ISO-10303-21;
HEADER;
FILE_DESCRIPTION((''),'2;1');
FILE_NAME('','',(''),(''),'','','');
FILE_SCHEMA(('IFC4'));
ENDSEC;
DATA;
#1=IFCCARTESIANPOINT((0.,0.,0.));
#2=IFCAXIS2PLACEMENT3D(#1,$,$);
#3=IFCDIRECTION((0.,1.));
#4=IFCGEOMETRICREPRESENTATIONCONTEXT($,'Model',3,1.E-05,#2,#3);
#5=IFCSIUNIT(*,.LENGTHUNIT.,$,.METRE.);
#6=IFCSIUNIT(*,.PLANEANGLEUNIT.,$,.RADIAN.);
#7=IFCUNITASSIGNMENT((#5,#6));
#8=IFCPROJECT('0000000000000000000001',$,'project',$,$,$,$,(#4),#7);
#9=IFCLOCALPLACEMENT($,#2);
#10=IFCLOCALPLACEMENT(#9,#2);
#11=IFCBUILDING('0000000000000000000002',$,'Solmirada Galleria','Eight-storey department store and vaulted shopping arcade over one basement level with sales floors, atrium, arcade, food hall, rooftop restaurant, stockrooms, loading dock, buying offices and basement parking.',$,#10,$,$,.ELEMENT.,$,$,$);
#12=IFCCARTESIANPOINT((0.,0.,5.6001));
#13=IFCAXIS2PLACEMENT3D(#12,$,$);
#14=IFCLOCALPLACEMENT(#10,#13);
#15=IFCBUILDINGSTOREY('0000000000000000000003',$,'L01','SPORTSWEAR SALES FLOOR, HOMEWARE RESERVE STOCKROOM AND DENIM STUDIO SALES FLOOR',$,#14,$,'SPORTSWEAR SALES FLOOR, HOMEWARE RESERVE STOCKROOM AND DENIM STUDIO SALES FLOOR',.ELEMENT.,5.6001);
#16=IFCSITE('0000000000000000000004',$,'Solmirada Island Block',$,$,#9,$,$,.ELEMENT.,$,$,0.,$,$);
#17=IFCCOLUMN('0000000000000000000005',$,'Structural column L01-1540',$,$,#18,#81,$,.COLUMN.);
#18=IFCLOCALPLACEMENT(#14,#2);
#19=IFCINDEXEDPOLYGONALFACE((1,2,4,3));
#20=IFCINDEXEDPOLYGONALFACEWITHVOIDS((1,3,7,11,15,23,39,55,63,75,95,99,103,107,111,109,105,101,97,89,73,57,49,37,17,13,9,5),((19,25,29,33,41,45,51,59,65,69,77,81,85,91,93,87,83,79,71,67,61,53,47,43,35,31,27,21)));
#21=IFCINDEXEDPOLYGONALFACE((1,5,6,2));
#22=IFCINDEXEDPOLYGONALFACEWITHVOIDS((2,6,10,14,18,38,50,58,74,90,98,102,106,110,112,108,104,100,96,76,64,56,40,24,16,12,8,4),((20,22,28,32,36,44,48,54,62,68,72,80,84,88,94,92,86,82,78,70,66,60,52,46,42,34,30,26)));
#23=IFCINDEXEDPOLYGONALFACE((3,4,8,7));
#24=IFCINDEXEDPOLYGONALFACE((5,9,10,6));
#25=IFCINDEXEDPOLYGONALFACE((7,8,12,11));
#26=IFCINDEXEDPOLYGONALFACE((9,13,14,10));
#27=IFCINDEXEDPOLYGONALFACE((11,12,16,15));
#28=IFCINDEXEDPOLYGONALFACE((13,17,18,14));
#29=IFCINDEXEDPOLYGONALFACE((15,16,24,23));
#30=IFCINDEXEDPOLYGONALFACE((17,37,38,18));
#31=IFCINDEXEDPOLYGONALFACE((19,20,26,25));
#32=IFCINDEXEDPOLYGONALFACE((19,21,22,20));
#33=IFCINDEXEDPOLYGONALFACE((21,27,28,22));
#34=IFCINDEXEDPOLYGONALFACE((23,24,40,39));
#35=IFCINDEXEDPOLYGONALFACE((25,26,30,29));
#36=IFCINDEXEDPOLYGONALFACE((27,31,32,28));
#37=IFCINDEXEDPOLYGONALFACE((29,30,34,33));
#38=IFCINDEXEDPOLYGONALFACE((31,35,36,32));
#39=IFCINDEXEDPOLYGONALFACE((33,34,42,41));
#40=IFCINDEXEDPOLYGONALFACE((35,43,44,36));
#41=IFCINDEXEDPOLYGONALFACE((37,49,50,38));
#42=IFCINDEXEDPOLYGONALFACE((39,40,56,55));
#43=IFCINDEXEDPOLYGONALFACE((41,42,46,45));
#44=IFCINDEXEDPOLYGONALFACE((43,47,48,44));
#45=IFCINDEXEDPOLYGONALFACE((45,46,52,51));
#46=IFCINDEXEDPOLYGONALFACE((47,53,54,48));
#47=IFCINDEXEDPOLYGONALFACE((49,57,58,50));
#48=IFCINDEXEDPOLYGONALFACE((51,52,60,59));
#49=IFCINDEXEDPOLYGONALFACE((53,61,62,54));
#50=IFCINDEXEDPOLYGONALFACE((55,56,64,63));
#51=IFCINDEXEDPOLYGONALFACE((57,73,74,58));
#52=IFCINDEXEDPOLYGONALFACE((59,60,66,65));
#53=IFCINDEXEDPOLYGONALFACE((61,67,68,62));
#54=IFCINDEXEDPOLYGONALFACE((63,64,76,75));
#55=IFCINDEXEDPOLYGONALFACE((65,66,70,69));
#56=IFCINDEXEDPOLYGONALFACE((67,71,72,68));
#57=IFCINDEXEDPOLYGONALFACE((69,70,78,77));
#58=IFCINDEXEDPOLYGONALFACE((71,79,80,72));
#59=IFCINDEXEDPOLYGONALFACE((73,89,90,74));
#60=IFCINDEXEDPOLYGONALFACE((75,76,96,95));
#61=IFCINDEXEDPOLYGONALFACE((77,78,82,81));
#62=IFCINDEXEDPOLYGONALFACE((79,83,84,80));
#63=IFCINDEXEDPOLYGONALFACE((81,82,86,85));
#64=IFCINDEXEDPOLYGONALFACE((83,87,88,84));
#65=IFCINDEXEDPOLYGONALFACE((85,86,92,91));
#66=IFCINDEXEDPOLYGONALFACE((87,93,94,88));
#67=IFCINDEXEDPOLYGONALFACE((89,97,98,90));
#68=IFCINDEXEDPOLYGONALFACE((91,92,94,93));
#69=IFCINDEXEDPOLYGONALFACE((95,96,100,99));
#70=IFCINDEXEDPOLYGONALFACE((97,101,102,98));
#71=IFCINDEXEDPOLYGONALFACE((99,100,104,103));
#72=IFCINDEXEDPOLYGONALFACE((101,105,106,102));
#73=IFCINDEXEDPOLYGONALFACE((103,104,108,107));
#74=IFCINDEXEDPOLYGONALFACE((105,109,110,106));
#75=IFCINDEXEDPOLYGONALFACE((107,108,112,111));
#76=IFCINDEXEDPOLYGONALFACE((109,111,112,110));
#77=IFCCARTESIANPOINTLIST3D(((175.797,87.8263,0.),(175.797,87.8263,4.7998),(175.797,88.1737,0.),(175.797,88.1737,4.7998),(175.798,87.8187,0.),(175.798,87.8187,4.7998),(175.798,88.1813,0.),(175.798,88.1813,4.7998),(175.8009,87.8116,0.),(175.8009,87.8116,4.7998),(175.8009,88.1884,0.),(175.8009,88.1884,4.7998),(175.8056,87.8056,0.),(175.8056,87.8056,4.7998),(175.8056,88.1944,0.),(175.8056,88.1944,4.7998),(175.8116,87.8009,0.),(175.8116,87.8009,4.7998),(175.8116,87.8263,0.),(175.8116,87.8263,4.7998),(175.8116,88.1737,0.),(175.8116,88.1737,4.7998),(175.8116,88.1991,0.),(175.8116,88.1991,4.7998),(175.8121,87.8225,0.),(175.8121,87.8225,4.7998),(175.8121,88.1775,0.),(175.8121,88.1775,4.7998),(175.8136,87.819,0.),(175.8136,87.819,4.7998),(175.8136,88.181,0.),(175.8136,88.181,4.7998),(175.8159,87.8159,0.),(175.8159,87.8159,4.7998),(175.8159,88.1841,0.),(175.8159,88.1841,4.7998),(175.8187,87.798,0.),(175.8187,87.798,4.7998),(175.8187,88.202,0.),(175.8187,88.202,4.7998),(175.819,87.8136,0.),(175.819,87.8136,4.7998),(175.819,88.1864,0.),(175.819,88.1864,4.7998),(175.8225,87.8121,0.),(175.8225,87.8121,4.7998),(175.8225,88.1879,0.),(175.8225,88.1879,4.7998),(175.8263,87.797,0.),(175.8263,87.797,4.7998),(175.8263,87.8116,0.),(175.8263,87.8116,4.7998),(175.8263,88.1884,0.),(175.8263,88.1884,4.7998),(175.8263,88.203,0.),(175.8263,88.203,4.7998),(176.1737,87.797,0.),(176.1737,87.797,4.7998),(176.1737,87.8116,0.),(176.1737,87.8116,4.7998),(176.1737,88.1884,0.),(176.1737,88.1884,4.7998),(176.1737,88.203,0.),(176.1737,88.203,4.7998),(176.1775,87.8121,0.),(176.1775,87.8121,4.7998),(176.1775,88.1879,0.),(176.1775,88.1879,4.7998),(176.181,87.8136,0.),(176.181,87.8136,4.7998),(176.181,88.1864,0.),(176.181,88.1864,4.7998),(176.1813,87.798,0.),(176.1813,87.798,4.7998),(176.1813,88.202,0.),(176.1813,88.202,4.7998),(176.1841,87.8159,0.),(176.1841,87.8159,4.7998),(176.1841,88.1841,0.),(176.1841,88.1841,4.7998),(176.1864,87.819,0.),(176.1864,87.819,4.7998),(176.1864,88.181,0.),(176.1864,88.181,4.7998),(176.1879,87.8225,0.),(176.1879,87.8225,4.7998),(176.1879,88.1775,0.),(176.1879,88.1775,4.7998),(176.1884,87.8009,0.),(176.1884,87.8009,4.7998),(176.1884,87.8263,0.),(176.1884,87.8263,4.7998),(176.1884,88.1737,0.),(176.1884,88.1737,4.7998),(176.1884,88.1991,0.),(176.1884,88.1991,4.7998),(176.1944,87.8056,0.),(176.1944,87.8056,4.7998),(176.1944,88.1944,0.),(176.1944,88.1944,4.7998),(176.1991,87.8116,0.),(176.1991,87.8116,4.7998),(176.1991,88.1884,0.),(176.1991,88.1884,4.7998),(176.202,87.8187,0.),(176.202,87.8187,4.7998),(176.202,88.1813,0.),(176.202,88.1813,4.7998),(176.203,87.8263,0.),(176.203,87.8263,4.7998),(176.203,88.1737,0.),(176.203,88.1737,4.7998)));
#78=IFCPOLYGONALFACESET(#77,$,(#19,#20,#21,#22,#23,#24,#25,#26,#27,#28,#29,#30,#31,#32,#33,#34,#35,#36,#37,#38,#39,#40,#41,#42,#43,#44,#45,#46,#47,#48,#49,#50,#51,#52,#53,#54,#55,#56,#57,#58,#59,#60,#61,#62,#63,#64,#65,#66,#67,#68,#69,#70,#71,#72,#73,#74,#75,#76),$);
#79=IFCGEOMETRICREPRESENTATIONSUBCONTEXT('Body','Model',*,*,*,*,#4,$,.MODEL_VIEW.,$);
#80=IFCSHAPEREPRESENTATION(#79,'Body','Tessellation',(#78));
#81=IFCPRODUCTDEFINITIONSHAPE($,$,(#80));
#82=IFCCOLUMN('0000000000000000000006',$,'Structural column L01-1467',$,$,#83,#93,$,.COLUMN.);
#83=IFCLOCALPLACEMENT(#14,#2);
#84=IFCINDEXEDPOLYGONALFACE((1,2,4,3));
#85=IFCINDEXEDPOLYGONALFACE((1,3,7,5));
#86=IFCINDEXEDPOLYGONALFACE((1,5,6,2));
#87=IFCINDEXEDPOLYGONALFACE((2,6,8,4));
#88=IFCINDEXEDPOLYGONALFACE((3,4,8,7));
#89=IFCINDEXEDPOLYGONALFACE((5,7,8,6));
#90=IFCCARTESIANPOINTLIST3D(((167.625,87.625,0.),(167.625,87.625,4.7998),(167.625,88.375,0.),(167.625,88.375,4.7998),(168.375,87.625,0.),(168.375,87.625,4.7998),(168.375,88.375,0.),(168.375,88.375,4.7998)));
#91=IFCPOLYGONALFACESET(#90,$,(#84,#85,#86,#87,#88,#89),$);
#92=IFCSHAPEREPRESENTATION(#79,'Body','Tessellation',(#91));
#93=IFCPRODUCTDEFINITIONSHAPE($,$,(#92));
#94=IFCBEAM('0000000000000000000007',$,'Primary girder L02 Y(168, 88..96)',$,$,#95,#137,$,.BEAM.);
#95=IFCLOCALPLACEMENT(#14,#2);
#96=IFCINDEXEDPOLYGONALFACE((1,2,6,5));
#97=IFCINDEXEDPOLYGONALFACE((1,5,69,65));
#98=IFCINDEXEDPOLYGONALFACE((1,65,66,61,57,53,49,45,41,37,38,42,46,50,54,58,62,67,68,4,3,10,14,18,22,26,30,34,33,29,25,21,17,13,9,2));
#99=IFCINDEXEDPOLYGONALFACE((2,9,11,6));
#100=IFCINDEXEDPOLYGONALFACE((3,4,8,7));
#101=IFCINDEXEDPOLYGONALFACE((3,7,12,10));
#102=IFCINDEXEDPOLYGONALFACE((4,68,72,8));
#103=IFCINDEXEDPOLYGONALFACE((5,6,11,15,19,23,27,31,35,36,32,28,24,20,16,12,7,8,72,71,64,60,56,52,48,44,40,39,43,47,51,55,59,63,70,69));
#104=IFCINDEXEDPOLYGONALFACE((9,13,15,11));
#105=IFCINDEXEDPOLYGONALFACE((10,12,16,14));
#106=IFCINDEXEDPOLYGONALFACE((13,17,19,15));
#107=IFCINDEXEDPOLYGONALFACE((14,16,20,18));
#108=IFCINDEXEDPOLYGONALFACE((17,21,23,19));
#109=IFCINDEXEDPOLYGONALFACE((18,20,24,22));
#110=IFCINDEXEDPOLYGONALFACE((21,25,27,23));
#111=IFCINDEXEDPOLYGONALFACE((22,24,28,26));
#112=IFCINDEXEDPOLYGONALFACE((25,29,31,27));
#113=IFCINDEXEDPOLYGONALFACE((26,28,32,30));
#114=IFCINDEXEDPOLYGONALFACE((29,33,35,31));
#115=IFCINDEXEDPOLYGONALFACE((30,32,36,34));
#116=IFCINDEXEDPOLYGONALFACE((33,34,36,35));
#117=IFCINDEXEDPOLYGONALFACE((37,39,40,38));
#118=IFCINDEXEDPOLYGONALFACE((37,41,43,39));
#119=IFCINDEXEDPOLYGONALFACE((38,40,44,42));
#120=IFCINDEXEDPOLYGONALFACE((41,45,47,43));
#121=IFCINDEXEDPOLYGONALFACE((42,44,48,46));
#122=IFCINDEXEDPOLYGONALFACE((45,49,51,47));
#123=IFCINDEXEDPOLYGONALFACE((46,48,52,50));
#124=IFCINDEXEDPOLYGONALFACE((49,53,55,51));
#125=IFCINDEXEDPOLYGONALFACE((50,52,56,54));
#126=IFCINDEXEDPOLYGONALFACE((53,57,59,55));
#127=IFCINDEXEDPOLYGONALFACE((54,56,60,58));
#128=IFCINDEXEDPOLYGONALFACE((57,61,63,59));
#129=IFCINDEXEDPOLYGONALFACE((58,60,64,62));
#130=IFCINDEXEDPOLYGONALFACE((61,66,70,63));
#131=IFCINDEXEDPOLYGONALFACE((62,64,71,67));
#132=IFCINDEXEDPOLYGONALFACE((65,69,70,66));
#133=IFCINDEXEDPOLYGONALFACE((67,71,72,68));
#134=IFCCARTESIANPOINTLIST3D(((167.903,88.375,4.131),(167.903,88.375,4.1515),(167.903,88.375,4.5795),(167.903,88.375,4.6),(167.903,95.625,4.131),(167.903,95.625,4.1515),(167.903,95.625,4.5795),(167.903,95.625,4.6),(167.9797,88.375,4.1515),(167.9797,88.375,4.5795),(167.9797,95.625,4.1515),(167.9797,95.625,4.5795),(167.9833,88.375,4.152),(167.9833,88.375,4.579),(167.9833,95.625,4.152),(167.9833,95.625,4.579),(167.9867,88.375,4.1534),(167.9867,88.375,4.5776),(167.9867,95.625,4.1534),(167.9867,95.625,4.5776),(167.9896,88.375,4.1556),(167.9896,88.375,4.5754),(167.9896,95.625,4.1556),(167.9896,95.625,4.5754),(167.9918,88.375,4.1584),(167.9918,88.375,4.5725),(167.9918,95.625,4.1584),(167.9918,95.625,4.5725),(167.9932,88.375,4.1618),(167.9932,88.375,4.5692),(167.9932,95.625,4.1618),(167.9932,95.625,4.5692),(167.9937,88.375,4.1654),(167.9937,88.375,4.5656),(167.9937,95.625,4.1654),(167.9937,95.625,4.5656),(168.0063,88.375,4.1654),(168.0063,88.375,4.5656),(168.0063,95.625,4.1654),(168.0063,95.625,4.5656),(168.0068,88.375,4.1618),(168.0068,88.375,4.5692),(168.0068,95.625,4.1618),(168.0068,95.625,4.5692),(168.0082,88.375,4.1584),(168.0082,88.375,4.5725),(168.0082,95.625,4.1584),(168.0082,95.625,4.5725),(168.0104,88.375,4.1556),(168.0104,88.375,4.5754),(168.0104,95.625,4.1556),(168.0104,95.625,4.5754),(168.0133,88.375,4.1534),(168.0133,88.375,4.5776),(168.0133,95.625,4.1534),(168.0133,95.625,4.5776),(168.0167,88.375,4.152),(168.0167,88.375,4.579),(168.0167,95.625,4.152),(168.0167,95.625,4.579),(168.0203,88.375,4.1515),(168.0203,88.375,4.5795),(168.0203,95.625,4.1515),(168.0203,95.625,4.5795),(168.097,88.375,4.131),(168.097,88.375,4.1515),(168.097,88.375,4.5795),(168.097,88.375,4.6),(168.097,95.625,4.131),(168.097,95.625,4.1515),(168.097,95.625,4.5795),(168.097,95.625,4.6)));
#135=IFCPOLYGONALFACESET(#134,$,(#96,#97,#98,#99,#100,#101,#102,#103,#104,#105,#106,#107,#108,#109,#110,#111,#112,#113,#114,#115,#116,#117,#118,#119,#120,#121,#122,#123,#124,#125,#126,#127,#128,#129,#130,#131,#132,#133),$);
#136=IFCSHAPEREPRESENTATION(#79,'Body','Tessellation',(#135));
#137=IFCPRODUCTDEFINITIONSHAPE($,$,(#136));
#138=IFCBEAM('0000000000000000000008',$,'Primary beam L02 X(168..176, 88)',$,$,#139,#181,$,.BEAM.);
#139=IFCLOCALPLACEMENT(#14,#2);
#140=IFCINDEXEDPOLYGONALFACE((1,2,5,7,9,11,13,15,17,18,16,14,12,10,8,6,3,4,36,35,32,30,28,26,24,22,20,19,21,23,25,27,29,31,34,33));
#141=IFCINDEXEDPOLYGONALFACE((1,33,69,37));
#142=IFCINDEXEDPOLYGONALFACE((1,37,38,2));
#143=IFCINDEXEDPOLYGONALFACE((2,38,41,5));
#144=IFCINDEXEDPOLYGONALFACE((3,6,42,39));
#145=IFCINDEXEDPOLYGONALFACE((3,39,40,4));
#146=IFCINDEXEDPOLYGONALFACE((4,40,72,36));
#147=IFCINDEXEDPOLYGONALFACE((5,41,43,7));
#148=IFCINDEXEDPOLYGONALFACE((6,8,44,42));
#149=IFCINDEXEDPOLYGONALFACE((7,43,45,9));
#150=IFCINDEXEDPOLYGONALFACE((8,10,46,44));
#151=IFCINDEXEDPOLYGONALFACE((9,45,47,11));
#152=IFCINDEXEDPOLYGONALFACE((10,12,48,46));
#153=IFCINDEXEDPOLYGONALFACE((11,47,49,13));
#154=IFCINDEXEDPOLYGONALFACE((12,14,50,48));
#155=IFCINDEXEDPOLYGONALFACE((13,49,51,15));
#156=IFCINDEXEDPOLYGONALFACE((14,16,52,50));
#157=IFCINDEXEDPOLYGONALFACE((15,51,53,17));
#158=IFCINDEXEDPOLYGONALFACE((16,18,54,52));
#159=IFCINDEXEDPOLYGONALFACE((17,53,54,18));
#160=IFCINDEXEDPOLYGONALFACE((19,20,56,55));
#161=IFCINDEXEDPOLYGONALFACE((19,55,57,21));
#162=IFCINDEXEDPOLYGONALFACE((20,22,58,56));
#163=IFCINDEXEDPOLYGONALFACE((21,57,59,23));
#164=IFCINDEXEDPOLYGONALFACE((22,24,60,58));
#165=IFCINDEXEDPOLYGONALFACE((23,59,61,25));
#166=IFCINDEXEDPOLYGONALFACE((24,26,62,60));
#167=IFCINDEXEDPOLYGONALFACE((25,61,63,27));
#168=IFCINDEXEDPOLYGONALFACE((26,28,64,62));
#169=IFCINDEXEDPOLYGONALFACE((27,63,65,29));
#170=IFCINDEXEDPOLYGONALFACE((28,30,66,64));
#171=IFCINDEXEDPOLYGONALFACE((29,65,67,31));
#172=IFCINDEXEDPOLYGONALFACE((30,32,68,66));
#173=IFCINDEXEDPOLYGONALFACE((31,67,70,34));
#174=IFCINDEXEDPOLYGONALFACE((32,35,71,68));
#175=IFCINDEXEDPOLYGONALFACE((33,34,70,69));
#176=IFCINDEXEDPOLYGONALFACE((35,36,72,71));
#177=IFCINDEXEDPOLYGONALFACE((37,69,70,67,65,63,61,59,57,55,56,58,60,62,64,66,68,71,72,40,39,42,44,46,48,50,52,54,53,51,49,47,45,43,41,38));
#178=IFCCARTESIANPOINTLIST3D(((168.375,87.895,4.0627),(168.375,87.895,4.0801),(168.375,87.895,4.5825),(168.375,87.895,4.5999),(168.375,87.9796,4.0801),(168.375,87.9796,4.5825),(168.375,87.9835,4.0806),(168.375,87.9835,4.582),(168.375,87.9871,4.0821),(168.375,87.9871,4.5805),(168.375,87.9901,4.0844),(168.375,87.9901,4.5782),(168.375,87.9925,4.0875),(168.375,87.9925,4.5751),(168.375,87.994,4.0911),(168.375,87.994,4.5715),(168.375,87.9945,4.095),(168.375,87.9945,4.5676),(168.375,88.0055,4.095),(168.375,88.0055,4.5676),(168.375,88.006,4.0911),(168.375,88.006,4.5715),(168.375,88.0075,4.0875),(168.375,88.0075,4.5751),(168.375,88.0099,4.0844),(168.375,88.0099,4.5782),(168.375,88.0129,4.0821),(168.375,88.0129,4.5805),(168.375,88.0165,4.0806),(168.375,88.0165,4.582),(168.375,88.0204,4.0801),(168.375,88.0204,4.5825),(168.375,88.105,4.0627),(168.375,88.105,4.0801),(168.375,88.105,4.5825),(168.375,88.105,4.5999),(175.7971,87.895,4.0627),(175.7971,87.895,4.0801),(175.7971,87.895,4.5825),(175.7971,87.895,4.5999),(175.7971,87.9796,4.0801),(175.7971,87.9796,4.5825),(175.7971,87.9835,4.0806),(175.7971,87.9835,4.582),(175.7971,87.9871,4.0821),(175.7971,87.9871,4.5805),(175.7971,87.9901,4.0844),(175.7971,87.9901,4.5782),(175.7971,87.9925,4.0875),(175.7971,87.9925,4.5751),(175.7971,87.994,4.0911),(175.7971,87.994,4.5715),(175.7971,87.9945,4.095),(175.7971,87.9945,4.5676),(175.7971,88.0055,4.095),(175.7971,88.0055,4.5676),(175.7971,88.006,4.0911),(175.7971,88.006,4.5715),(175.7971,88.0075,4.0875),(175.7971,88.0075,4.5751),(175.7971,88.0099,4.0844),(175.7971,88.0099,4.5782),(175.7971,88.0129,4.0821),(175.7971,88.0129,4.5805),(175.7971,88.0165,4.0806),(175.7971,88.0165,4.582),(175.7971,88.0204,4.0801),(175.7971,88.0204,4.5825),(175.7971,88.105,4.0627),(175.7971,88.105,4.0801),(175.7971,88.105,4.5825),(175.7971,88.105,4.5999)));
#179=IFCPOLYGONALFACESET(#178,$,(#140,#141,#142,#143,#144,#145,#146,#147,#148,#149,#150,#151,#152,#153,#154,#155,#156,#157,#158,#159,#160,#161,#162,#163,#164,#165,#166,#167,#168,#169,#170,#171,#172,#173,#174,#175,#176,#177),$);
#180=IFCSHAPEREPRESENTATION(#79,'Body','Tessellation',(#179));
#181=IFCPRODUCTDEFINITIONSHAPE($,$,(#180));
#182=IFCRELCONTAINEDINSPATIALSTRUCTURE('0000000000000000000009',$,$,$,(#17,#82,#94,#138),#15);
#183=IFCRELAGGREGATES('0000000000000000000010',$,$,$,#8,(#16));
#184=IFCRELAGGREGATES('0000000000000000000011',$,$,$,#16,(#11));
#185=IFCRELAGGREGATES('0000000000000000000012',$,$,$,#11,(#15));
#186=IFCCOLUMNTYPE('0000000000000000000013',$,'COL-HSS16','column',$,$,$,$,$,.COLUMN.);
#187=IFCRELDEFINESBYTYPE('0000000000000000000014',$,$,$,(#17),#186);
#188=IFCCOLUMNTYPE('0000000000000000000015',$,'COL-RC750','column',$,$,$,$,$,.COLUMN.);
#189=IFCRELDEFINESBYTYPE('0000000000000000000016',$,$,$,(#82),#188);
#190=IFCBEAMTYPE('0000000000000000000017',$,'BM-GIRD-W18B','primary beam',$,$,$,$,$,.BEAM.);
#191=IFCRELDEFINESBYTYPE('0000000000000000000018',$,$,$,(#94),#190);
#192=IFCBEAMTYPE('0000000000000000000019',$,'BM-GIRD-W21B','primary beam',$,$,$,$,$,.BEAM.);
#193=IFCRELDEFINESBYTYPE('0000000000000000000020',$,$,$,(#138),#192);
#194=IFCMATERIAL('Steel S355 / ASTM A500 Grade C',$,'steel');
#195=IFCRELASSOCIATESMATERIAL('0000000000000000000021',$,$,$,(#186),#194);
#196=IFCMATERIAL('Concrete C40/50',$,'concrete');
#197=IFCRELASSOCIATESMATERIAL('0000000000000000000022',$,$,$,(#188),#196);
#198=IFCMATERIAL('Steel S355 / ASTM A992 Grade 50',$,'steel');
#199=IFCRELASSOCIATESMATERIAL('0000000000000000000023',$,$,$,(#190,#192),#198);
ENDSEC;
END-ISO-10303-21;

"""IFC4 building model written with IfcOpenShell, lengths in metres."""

from ifc_helpers import new_model, si_unit, direction, frame, origin, origin_2d, place, context, subcontext, project, spatial, rectangle, hollow_rectangle, i_section, extrude, material, material_profile, profile_set, type_object, element, save


model = new_model("IFC4")

# Units and contexts
model_context = context("Model", 3, precision=1e-05, world=origin(), true_north=direction((0.0, 1.0)))
body_context = subcontext(model_context, "Body", "Model", "MODEL_VIEW")
ifc_project = project(units=[si_unit("LENGTHUNIT", "METRE"), si_unit("PLANEANGLEUNIT", "RADIAN")], contexts=[model_context])

# Site, building, storey
site_placement = place(None, origin())
site = spatial("IfcSite", under=ifc_project, at=site_placement, Name="Solmirada Island Block", CompositionType="ELEMENT", RefElevation=0.0)
building_placement = place(site_placement, origin())
building = spatial("IfcBuilding", under=site, at=building_placement, Name="Solmirada Galleria", Description="Eight-storey department store and vaulted shopping arcade over one basement level with sales floors, atrium, arcade, food hall, rooftop restaurant, stockrooms, loading dock, buying offices and basement parking.", CompositionType="ELEMENT")
storey_placement = place(building_placement, frame((0.0, 0.0, 5.6001)))
storey = spatial("IfcBuildingStorey", under=building, at=storey_placement, Name="L01", Description="SPORTSWEAR SALES FLOOR, HOMEWARE RESERVE STOCKROOM AND DENIM STUDIO SALES FLOOR", LongName="SPORTSWEAR SALES FLOOR, HOMEWARE RESERVE STOCKROOM AND DENIM STUDIO SALES FLOOR", CompositionType="ELEMENT", Elevation=5.6001)

# Columns
ifc_material_1 = material(Name="Steel S355 / ASTM A500 Grade C", Category="steel")
ifc_material_profile_1 = material_profile(ifc_material_1, hollow_rectangle(XDim=0.406, YDim=0.406, WallThickness=0.0146, InnerFilletRadius=0.0146, OuterFilletRadius=0.0293, at=origin_2d()), Name="HSS16X16X5/8")
ifc_profile_set_1 = profile_set([ifc_material_profile_1], Name="Steel S355 / ASTM A500 Grade C")
column_type_1 = type_object("IfcColumnType", Name="COL-HSS16", Description="column", PredefinedType="COLUMN", material=ifc_profile_set_1)
column_1_placement = place(storey_placement, frame((176.0, 88.0, 0.0), z_axis=(0.0, 0.0, 1.0), x_axis=(1.0, 0.0, 0.0)))
element("IfcColumn", 1, at=column_1_placement, inside=storey, type_object=column_type_1, Name="Structural column L01-1540", PredefinedType="COLUMN", context=body_context, shape_type="SweptSolid", body=[
    extrude(hollow_rectangle(XDim=0.406, YDim=0.406, WallThickness=0.0146, InnerFilletRadius=0.0146, OuterFilletRadius=0.0293, at=origin_2d()), origin(), (0.0, 0.0, 1.0), 4.7998),
])
ifc_material_2 = material(Name="Concrete C40/50", Category="concrete")
ifc_material_profile_2 = material_profile(ifc_material_2, rectangle(XDim=0.75, YDim=0.75, at=origin_2d()), Name="RC750X750")
ifc_profile_set_2 = profile_set([ifc_material_profile_2], Name="Concrete C40/50")
column_type_2 = type_object("IfcColumnType", Name="COL-RC750", Description="column", PredefinedType="COLUMN", material=ifc_profile_set_2)
column_2_placement = place(storey_placement, frame((168.0, 88.0, 0.0), z_axis=(0.0, 0.0, 1.0), x_axis=(1.0, 0.0, 0.0)))
element("IfcColumn", 2, at=column_2_placement, inside=storey, type_object=column_type_2, Name="Structural column L01-1467", PredefinedType="COLUMN", context=body_context, shape_type="SweptSolid", body=[
    extrude(rectangle(XDim=0.75, YDim=0.75, at=origin_2d()), origin(), (0.0, 0.0, 1.0), 4.7998),
])

# Beams
ifc_material_3 = material(Name="Steel S355 / ASTM A992 Grade 50", Category="steel")
ifc_material_profile_3 = material_profile(ifc_material_3, i_section(OverallWidth=0.1941, OverallDepth=0.469, WebThickness=0.0127, FlangeThickness=0.0205, FilletRadius=0.0139, at=origin_2d()), Name="W18X71")
ifc_profile_set_3 = profile_set([ifc_material_profile_3], Name="Steel S355 / ASTM A992 Grade 50")
beam_type_1 = type_object("IfcBeamType", Name="BM-GIRD-W18B", Description="primary beam", PredefinedType="BEAM", material=ifc_profile_set_3)
beam_1_placement = place(storey_placement, frame((168.0, 88.375, 4.3655), z_axis=(0.0, 1.0, 0.0), x_axis=(-1.0, 0.0, 0.0)))
element("IfcBeam", 3, at=beam_1_placement, inside=storey, type_object=beam_type_1, Name="Primary girder L02 Y(168, 88..96)", PredefinedType="BEAM", context=body_context, shape_type="SweptSolid", body=[
    extrude(i_section(OverallWidth=0.1941, OverallDepth=0.469, WebThickness=0.0127, FlangeThickness=0.0205, FilletRadius=0.0139, at=origin_2d()), origin(), (0.0, 0.0, 1.0), 7.25),
])
ifc_material_profile_4 = material_profile(ifc_material_3, i_section(OverallWidth=0.21, OverallDepth=0.5371, WebThickness=0.011, FlangeThickness=0.0173, FilletRadius=0.0149, at=origin_2d()), Name="W21X68")
ifc_profile_set_4 = profile_set([ifc_material_profile_4], Name="Steel S355 / ASTM A992 Grade 50")
beam_type_2 = type_object("IfcBeamType", Name="BM-GIRD-W21B", Description="primary beam", PredefinedType="BEAM", material=ifc_profile_set_4)
beam_2_placement = place(storey_placement, frame((168.375, 88.0, 4.3313), z_axis=(1.0, 0.0, 0.0), x_axis=(0.0, 1.0, 0.0)))
element("IfcBeam", 4, at=beam_2_placement, inside=storey, type_object=beam_type_2, Name="Primary beam L02 X(168..176, 88)", PredefinedType="BEAM", context=body_context, shape_type="SweptSolid", body=[
    extrude(i_section(OverallWidth=0.21, OverallDepth=0.5371, WebThickness=0.011, FlangeThickness=0.0173, FilletRadius=0.0149, at=origin_2d()), origin(), (0.0, 0.0, 1.0), 7.4221),
])

save(model, "model.ifc")
